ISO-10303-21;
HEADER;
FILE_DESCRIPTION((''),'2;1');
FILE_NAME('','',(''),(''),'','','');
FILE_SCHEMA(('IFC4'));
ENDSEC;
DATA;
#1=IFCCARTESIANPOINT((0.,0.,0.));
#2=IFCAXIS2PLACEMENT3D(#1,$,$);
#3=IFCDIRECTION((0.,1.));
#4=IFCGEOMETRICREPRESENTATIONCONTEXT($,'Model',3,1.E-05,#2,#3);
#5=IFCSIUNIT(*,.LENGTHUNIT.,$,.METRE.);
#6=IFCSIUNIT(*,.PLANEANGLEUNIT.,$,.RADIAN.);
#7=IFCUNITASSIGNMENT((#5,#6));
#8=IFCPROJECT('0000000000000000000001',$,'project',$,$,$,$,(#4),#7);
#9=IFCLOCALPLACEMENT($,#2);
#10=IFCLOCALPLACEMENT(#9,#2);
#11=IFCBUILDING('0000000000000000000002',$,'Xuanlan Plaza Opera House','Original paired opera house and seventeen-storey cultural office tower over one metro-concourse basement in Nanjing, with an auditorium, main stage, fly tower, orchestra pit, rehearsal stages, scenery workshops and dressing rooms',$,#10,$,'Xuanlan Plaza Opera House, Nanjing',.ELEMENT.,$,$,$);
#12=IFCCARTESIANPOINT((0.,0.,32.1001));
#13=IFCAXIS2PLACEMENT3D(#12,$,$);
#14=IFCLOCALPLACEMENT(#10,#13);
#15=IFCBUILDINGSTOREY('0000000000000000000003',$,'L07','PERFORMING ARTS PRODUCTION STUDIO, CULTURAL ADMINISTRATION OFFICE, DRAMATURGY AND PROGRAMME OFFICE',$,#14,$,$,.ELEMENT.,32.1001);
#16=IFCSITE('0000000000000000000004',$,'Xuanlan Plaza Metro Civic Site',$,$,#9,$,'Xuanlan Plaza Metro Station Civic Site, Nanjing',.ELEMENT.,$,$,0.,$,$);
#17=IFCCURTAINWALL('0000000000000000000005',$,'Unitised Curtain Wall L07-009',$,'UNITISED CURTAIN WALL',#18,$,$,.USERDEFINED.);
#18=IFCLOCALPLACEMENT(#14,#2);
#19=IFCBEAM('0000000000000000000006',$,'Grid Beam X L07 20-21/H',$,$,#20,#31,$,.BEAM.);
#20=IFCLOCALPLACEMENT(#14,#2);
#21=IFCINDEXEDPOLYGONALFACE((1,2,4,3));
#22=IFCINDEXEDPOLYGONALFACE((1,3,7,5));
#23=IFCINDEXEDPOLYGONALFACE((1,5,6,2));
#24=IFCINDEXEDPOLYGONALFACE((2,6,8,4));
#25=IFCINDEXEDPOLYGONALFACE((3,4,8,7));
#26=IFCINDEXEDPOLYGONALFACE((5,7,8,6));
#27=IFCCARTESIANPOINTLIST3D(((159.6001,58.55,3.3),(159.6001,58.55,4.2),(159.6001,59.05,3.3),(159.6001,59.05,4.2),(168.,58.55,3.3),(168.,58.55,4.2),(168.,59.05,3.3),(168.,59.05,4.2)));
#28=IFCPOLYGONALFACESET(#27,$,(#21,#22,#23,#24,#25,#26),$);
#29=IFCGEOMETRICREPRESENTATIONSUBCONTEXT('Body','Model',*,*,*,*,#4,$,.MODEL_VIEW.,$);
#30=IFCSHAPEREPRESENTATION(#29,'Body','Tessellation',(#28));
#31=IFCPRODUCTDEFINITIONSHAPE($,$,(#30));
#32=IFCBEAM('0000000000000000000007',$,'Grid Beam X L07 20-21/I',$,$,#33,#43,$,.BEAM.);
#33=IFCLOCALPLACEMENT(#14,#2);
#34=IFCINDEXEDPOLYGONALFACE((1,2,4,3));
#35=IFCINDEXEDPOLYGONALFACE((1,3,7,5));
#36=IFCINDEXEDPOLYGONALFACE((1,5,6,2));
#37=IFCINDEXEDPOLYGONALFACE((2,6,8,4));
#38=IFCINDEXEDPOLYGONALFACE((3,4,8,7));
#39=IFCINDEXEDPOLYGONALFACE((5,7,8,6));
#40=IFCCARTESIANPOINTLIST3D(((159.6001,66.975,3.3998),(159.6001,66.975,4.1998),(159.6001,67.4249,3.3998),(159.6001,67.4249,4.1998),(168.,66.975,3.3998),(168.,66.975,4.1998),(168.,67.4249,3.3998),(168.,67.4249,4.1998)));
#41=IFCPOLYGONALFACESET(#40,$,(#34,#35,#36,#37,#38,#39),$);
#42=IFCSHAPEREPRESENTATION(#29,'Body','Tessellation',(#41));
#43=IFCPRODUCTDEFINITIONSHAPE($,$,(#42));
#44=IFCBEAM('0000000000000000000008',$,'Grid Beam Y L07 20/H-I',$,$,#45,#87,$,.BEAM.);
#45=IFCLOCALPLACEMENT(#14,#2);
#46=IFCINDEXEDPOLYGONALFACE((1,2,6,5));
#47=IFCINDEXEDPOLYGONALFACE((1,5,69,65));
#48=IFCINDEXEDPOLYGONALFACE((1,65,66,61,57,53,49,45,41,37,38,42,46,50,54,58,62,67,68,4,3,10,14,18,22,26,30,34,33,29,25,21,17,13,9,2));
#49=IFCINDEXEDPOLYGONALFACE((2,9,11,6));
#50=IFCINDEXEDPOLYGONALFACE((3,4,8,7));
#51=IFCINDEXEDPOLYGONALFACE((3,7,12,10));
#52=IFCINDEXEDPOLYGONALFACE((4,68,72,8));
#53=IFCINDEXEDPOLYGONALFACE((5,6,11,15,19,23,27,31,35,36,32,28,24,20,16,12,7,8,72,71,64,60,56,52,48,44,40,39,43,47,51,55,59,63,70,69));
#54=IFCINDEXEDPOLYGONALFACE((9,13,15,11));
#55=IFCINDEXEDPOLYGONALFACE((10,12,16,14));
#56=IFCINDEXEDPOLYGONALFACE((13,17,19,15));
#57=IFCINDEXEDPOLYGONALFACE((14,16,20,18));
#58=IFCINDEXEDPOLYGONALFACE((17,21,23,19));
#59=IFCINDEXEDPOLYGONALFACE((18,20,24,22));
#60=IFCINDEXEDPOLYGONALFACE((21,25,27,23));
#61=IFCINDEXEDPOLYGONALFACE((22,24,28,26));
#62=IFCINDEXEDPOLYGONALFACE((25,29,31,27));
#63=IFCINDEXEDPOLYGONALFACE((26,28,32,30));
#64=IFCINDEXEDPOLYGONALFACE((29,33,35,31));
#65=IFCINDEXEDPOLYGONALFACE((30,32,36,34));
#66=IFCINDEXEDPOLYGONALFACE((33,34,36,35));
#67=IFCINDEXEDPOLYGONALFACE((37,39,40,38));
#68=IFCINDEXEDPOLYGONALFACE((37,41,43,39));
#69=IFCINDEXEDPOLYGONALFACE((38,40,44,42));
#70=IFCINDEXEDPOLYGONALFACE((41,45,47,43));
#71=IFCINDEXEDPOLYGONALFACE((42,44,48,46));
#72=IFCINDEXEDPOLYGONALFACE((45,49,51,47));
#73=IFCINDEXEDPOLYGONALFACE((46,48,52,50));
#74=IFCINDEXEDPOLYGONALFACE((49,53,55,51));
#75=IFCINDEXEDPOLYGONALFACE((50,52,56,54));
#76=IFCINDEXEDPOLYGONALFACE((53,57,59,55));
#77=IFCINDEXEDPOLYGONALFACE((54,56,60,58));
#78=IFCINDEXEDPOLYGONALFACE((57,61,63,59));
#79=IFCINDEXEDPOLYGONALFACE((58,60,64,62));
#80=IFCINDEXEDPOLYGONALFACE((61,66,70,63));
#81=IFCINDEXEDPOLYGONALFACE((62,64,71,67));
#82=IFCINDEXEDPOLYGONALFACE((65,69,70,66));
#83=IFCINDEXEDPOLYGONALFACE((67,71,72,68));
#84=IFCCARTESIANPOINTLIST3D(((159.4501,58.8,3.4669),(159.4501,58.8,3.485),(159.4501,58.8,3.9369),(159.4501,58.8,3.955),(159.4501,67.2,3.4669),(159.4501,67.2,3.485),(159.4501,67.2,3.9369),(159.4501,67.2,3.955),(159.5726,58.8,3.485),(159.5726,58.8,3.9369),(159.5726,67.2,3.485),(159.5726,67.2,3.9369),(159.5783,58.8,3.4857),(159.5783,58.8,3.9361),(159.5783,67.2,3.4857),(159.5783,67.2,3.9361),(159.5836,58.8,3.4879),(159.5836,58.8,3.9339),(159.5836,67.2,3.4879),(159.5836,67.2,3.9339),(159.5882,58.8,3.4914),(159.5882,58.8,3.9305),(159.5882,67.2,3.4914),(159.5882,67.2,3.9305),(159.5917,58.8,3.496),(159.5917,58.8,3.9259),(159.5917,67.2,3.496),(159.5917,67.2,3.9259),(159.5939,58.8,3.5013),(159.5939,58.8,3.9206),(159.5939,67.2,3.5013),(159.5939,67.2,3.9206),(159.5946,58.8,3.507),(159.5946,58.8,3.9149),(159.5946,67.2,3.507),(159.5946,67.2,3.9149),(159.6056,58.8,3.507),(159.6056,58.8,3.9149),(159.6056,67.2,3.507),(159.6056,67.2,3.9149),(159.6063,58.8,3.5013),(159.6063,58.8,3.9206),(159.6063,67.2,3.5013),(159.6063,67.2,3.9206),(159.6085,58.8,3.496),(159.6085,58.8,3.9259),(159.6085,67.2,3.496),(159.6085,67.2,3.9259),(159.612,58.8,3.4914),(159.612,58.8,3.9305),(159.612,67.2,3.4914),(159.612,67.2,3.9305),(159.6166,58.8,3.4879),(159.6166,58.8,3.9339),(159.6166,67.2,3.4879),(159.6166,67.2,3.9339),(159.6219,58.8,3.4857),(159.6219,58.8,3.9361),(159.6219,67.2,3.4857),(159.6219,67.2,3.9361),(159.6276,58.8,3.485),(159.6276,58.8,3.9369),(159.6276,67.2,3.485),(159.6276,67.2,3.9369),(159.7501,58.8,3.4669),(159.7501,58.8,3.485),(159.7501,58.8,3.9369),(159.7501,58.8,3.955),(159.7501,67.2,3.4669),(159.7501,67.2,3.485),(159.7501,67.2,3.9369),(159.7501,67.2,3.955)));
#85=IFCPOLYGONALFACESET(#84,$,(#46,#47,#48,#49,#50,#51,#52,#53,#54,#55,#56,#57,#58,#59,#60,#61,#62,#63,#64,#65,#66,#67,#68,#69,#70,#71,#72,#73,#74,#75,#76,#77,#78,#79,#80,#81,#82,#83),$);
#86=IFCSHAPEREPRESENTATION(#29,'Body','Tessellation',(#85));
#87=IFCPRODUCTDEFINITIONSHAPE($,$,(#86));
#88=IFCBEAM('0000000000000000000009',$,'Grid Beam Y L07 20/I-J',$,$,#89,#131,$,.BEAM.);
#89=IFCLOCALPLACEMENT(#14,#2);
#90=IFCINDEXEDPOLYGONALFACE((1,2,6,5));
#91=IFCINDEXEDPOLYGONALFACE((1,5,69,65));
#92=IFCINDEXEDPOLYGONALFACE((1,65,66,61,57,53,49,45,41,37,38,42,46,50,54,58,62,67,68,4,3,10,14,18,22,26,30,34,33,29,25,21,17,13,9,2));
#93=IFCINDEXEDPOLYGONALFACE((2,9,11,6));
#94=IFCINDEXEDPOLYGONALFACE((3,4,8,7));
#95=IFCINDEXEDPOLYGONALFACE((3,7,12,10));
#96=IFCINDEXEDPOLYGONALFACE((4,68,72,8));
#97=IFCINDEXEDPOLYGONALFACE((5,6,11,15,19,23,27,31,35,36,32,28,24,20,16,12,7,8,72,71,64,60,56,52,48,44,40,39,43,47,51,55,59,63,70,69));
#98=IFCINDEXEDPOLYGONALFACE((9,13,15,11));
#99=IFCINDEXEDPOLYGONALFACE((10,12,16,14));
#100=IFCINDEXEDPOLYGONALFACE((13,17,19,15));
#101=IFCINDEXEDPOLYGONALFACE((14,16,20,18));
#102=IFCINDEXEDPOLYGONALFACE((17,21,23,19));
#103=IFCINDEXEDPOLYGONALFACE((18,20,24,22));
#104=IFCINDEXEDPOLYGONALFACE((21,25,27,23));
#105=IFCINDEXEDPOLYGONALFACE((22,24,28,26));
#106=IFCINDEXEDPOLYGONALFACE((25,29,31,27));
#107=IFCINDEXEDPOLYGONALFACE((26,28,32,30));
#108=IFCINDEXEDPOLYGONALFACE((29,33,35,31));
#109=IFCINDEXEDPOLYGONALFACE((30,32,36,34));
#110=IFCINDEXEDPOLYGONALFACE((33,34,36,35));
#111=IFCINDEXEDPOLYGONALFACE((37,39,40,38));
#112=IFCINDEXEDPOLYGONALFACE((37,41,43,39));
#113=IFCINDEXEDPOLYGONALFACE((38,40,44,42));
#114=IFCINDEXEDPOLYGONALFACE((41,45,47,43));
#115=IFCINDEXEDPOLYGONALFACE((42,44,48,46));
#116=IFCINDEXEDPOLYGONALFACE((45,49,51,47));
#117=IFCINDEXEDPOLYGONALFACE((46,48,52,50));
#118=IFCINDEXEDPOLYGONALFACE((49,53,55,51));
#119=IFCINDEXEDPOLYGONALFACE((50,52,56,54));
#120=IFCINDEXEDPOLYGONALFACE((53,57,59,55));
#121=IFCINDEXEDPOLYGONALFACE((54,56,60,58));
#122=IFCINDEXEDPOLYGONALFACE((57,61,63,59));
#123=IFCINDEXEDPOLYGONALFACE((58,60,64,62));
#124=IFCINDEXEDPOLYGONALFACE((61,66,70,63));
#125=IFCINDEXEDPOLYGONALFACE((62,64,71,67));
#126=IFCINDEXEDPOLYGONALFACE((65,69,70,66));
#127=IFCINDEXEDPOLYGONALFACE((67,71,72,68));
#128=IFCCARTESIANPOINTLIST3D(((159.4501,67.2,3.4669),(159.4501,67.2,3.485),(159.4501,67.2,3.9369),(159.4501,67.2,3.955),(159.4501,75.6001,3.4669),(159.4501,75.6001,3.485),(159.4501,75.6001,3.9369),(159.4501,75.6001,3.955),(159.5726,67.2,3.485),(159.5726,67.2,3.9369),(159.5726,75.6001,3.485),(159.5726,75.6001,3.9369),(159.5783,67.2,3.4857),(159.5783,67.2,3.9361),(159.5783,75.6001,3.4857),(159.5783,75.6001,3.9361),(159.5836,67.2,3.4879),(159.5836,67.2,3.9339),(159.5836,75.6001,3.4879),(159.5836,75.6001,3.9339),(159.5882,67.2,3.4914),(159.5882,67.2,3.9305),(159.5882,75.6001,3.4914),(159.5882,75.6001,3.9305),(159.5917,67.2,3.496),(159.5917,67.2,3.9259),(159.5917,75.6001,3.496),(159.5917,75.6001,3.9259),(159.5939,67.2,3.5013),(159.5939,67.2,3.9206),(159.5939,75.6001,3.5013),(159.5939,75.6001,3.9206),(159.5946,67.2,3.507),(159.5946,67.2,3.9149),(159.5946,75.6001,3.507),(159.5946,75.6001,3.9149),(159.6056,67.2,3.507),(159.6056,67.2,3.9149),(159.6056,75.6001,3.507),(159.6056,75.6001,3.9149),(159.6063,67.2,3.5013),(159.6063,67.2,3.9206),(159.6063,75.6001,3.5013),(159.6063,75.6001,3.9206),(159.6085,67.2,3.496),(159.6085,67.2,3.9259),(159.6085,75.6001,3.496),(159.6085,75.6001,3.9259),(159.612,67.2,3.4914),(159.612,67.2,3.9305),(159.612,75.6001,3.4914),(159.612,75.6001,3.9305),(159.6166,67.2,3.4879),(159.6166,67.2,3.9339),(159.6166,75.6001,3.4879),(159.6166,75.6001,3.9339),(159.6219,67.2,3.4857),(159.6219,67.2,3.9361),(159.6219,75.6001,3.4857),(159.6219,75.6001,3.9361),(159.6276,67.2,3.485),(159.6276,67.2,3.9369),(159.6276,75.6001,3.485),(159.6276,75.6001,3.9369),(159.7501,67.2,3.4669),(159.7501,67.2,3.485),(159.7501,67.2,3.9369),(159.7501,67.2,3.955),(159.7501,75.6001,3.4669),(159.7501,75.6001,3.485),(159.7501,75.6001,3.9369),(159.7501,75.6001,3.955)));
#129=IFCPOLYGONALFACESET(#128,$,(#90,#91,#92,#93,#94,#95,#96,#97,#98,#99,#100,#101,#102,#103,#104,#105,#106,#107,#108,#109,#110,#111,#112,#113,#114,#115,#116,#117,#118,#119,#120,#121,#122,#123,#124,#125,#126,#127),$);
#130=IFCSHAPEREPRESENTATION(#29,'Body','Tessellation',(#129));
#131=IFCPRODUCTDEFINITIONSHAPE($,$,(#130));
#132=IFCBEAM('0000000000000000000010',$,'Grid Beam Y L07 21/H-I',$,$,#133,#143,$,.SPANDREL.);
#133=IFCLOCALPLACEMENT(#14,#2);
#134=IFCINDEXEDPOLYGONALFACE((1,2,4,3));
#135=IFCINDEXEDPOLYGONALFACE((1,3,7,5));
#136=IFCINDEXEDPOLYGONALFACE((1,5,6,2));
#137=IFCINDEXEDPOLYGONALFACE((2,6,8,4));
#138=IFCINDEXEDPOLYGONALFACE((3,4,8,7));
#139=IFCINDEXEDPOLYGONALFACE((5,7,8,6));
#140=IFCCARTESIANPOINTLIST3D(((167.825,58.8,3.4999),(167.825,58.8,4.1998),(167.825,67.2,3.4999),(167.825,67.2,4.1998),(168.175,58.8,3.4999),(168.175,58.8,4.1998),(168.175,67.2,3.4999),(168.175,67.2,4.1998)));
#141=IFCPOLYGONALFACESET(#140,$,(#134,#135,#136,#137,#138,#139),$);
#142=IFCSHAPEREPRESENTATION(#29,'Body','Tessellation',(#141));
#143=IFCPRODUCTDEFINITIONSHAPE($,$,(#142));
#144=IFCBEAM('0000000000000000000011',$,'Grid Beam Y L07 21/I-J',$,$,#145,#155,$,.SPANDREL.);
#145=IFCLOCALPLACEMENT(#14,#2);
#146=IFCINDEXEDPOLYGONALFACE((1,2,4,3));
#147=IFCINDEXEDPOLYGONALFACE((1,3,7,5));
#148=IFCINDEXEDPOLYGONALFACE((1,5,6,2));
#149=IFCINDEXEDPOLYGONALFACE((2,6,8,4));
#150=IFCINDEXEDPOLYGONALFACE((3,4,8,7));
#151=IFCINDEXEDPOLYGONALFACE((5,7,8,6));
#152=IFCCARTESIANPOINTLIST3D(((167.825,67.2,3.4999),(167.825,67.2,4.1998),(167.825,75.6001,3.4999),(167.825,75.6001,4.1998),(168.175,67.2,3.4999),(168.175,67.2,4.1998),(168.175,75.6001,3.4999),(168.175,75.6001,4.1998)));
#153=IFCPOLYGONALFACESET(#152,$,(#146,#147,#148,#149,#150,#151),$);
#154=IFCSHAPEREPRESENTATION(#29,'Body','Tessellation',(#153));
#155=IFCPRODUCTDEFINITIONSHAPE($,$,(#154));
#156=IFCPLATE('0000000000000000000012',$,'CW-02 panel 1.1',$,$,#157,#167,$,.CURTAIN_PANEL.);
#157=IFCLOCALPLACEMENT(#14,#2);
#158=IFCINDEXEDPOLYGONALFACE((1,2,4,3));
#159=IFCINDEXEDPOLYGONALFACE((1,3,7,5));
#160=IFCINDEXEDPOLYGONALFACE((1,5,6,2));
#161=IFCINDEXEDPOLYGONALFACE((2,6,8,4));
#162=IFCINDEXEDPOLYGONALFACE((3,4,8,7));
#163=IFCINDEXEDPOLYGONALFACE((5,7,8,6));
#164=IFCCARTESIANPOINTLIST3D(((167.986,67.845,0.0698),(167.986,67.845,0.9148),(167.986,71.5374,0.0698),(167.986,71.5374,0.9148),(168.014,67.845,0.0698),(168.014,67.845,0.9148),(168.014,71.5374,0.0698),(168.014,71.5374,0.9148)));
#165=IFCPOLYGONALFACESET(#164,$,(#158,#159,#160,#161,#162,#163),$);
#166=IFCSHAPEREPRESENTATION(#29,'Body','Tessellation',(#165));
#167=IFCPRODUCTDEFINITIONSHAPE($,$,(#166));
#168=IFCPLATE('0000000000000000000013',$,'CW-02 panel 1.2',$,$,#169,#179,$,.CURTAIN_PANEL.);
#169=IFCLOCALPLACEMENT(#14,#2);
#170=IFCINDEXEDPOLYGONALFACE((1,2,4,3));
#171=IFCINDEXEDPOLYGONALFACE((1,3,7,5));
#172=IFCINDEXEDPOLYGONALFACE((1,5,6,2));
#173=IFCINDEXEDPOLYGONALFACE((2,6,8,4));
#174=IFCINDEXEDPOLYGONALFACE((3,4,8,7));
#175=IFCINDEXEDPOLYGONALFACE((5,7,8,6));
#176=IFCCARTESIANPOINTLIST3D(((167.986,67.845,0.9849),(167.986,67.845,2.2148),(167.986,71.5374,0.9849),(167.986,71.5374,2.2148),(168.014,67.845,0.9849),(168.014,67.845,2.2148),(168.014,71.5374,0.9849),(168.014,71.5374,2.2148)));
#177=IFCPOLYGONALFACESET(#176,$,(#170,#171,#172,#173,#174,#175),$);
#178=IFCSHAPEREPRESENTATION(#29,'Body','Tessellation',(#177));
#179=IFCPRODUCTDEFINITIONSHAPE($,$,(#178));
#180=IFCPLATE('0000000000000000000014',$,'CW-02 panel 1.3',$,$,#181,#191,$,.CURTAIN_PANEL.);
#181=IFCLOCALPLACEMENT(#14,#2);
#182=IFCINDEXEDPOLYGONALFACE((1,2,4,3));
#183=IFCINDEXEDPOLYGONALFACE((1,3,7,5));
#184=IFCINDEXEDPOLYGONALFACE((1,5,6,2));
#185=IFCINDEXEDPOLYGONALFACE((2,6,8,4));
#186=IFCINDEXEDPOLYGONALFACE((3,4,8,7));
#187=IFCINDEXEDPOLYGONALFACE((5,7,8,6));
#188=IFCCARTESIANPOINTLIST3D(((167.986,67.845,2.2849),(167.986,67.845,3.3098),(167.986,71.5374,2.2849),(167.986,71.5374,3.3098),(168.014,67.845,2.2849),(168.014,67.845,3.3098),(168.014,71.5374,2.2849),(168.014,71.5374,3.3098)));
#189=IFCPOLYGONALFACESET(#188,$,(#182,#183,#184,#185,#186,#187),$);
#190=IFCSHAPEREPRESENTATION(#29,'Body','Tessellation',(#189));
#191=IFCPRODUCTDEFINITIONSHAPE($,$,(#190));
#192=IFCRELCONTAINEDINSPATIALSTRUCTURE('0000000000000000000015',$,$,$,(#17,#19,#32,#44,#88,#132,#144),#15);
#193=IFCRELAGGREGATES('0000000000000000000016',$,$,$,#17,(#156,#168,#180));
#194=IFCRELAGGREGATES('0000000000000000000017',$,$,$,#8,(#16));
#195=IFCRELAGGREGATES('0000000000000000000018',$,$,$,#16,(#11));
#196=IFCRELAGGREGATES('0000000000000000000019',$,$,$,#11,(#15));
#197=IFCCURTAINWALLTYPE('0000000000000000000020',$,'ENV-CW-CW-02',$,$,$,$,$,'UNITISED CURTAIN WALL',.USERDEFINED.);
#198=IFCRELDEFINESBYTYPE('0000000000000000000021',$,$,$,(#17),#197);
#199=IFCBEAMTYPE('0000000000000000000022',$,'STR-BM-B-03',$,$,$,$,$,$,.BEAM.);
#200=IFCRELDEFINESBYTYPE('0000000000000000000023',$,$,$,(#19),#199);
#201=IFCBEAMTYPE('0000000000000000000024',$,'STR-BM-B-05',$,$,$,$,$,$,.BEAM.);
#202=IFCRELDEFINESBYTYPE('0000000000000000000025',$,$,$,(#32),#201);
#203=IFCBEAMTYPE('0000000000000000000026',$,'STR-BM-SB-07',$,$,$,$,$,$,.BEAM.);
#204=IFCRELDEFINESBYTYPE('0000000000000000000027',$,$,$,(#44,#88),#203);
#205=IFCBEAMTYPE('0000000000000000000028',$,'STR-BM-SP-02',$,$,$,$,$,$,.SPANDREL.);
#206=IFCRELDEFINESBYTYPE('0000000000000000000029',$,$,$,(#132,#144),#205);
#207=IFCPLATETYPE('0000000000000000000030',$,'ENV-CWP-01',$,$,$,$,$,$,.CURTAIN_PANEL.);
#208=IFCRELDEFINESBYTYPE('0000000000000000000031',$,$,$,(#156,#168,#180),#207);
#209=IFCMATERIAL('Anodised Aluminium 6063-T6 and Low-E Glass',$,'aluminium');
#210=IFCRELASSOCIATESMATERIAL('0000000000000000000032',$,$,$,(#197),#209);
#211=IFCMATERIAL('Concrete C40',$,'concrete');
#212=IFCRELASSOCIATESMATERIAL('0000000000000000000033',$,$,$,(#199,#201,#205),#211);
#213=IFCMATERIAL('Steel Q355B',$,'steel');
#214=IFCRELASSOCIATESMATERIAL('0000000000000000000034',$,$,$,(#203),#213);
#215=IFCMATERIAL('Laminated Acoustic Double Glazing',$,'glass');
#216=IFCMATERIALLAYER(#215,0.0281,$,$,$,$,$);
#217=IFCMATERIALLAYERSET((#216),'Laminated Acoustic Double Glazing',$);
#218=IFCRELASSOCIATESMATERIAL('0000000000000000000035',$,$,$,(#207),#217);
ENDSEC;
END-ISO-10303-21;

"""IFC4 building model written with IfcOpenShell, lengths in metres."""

from ifc_helpers import new_model, si_unit, direction, frame, origin, origin_2d, place, context, subcontext, project, spatial, rectangle, i_section, extrude, material, layer, layer_set, material_profile, profile_set, type_object, element, aggregate, save


model = new_model("IFC4")

# Units and contexts
model_context = context("Model", 3, precision=1e-05, world=origin(), true_north=direction((0.0, 1.0)))
body_context = subcontext(model_context, "Body", "Model", "MODEL_VIEW")
ifc_project = project(units=[si_unit("LENGTHUNIT", "METRE"), si_unit("PLANEANGLEUNIT", "RADIAN")], contexts=[model_context])

# Site, building, storey
site_placement = place(None, origin())
site = spatial("IfcSite", under=ifc_project, at=site_placement, Name="Xuanlan Plaza Metro Civic Site", LongName="Xuanlan Plaza Metro Station Civic Site, Nanjing", CompositionType="ELEMENT", RefElevation=0.0)
building_placement = place(site_placement, origin())
building = spatial("IfcBuilding", under=site, at=building_placement, Name="Xuanlan Plaza Opera House", Description="Original paired opera house and seventeen-storey cultural office tower over one metro-concourse basement in Nanjing, with an auditorium, main stage, fly tower, orchestra pit, rehearsal stages, scenery workshops and dressing rooms", LongName="Xuanlan Plaza Opera House, Nanjing", CompositionType="ELEMENT")
storey_placement = place(building_placement, frame((0.0, 0.0, 32.1001)))
storey = spatial("IfcBuildingStorey", under=building, at=storey_placement, Name="L07", Description="PERFORMING ARTS PRODUCTION STUDIO, CULTURAL ADMINISTRATION OFFICE, DRAMATURGY AND PROGRAMME OFFICE", CompositionType="ELEMENT", Elevation=32.1001)

# Shared definitions
ifc_material_1 = material(Name="Steel Q355B", Category="steel")

# Shared definitions
ifc_material_2 = material(Name="Anodised Aluminium 6063-T6 and Low-E Glass", Category="aluminium")

# Curtain wall
curtain_wall_type_1 = type_object("IfcCurtainWallType", Name="ENV-CW-CW-02", ElementType="UNITISED CURTAIN WALL", PredefinedType="USERDEFINED", material=ifc_material_2)
curtain_wall_1_placement = place(storey_placement, origin())
curtain_wall_1 = element("IfcCurtainWall", 1, at=curtain_wall_1_placement, inside=storey, type_object=curtain_wall_type_1, Name="Unitised Curtain Wall L07-009", ObjectType="UNITISED CURTAIN WALL", PredefinedType="USERDEFINED")

# Beams
ifc_material_3 = material(Name="Concrete C40", Category="concrete")
ifc_material_profile_1 = material_profile(ifc_material_3, rectangle(XDim=0.5, YDim=0.8999, at=origin_2d()), Name="RC-BM 500x900")
ifc_profile_set_1 = profile_set([ifc_material_profile_1], Name="Concrete C40")
beam_type_1 = type_object("IfcBeamType", Name="STR-BM-B-03", PredefinedType="BEAM", material=ifc_profile_set_1)
beam_1_placement = place(storey_placement, frame((159.6001, 58.8, 3.75), z_axis=(1.0, 0.0, 0.0), x_axis=(0.0, 1.0, 0.0)))
element("IfcBeam", 2, at=beam_1_placement, inside=storey, type_object=beam_type_1, Name="Grid Beam X L07 20-21/H", PredefinedType="BEAM", context=body_context, shape_type="SweptSolid", body=[
    extrude(rectangle(XDim=0.5, YDim=0.8999, at=origin_2d()), origin(), (0.0, 0.0, 1.0), 8.3999),
])
ifc_material_profile_2 = material_profile(ifc_material_3, rectangle(XDim=0.45, YDim=0.8, at=origin_2d()), Name="RC-BM 450x800")
ifc_profile_set_2 = profile_set([ifc_material_profile_2], Name="Concrete C40")
beam_type_2 = type_object("IfcBeamType", Name="STR-BM-B-05", PredefinedType="BEAM", material=ifc_profile_set_2)
beam_2_placement = place(storey_placement, frame((159.6001, 67.2, 3.7998), z_axis=(1.0, 0.0, 0.0), x_axis=(0.0, 1.0, 0.0)))
element("IfcBeam", 3, at=beam_2_placement, inside=storey, type_object=beam_type_2, Name="Grid Beam X L07 20-21/I", PredefinedType="BEAM", context=body_context, shape_type="SweptSolid", body=[
    extrude(rectangle(XDim=0.45, YDim=0.8, at=origin_2d()), origin(), (0.0, 0.0, 1.0), 8.3999),
])
ifc_material_profile_3 = material_profile(ifc_material_1, i_section(OverallWidth=0.3, OverallDepth=0.488, WebThickness=0.011, FlangeThickness=0.0181, FilletRadius=0.022, at=origin_2d()), Name="HM 488x300x11x18")
ifc_profile_set_3 = profile_set([ifc_material_profile_3], Name="Steel Q355B")
beam_type_3 = type_object("IfcBeamType", Name="STR-BM-SB-07", PredefinedType="BEAM", material=ifc_profile_set_3)
beam_3_placement = place(storey_placement, frame((159.6001, 58.8, 3.7109), z_axis=(0.0, 1.0, 0.0), x_axis=(-1.0, 0.0, 0.0)))
element("IfcBeam", 4, at=beam_3_placement, inside=storey, type_object=beam_type_3, Name="Grid Beam Y L07 20/H-I", PredefinedType="BEAM", context=body_context, shape_type="SweptSolid", body=[
    extrude(i_section(OverallWidth=0.3, OverallDepth=0.488, WebThickness=0.011, FlangeThickness=0.0181, FilletRadius=0.022, at=origin_2d()), origin(), (0.0, 0.0, 1.0), 8.3999),
])
beam_4_placement = place(storey_placement, frame((159.6001, 67.2, 3.7109), z_axis=(0.0, 1.0, 0.0), x_axis=(-1.0, 0.0, 0.0)))
element("IfcBeam", 5, at=beam_4_placement, inside=storey, type_object=beam_type_3, Name="Grid Beam Y L07 20/I-J", PredefinedType="BEAM", context=body_context, shape_type="SweptSolid", body=[
    extrude(i_section(OverallWidth=0.3, OverallDepth=0.488, WebThickness=0.011, FlangeThickness=0.0181, FilletRadius=0.022, at=origin_2d()), origin(), (0.0, 0.0, 1.0), 8.4001),
])
ifc_material_profile_4 = material_profile(ifc_material_3, rectangle(XDim=0.3501, YDim=0.7, at=origin_2d()), Name="RC-SPD 350x700")
ifc_profile_set_4 = profile_set([ifc_material_profile_4], Name="Concrete C40")
beam_type_4 = type_object("IfcBeamType", Name="STR-BM-SP-02", PredefinedType="SPANDREL", material=ifc_profile_set_4)
beam_5_placement = place(storey_placement, frame((168.0, 58.8, 3.8499), z_axis=(0.0, 1.0, 0.0), x_axis=(-1.0, 0.0, 0.0)))
element("IfcBeam", 6, at=beam_5_placement, inside=storey, type_object=beam_type_4, Name="Grid Beam Y L07 21/H-I", PredefinedType="SPANDREL", context=body_context, shape_type="SweptSolid", body=[
    extrude(rectangle(XDim=0.3501, YDim=0.7, at=origin_2d()), origin(), (0.0, 0.0, 1.0), 8.3999),
])
beam_6_placement = place(storey_placement, frame((168.0, 67.2, 3.8499), z_axis=(0.0, 1.0, 0.0), x_axis=(-1.0, 0.0, 0.0)))
element("IfcBeam", 7, at=beam_6_placement, inside=storey, type_object=beam_type_4, Name="Grid Beam Y L07 21/I-J", PredefinedType="SPANDREL", context=body_context, shape_type="SweptSolid", body=[
    extrude(rectangle(XDim=0.3501, YDim=0.7, at=origin_2d()), origin(), (0.0, 0.0, 1.0), 8.4001),
])

# Plates
ifc_material_4 = material(Name="Laminated Acoustic Double Glazing", Category="glass")
ifc_layer_1 = layer(ifc_material_4, 0.0281)
ifc_layer_set_1 = layer_set([ifc_layer_1], Name="Laminated Acoustic Double Glazing")
plate_type_1 = type_object("IfcPlateType", Name="ENV-CWP-01", PredefinedType="CURTAIN_PANEL", material=ifc_layer_set_1)
plate_1_placement = place(storey_placement, frame((168.0, 69.6912, 0.0698), z_axis=(0.0, 0.0, 1.0), x_axis=(0.0, 1.0, 0.0)))
plate_1 = element("IfcPlate", 8, at=plate_1_placement, type_object=plate_type_1, Name="CW-02 panel 1.1", PredefinedType="CURTAIN_PANEL", context=body_context, shape_type="SweptSolid", body=[
    extrude(rectangle(XDim=3.6924, YDim=0.0281, at=origin_2d()), origin(), (0.0, 0.0, 1.0), 0.845),
])
plate_2_placement = place(storey_placement, frame((168.0, 69.6912, 0.9849), z_axis=(0.0, 0.0, 1.0), x_axis=(0.0, 1.0, 0.0)))
plate_2 = element("IfcPlate", 9, at=plate_2_placement, type_object=plate_type_1, Name="CW-02 panel 1.2", PredefinedType="CURTAIN_PANEL", context=body_context, shape_type="SweptSolid", body=[
    extrude(rectangle(XDim=3.6924, YDim=0.0281, at=origin_2d()), origin(), (0.0, 0.0, 1.0), 1.23),
])
plate_3_placement = place(storey_placement, frame((168.0, 69.6912, 2.2849), z_axis=(0.0, 0.0, 1.0), x_axis=(0.0, 1.0, 0.0)))
plate_3 = element("IfcPlate", 10, at=plate_3_placement, type_object=plate_type_1, Name="CW-02 panel 1.3", PredefinedType="CURTAIN_PANEL", context=body_context, shape_type="SweptSolid", body=[
    extrude(rectangle(XDim=3.6924, YDim=0.0281, at=origin_2d()), origin(), (0.0, 0.0, 1.0), 1.0249),
])
aggregate(curtain_wall_1, [plate_1, plate_2, plate_3])

save(model, "model.ifc")
